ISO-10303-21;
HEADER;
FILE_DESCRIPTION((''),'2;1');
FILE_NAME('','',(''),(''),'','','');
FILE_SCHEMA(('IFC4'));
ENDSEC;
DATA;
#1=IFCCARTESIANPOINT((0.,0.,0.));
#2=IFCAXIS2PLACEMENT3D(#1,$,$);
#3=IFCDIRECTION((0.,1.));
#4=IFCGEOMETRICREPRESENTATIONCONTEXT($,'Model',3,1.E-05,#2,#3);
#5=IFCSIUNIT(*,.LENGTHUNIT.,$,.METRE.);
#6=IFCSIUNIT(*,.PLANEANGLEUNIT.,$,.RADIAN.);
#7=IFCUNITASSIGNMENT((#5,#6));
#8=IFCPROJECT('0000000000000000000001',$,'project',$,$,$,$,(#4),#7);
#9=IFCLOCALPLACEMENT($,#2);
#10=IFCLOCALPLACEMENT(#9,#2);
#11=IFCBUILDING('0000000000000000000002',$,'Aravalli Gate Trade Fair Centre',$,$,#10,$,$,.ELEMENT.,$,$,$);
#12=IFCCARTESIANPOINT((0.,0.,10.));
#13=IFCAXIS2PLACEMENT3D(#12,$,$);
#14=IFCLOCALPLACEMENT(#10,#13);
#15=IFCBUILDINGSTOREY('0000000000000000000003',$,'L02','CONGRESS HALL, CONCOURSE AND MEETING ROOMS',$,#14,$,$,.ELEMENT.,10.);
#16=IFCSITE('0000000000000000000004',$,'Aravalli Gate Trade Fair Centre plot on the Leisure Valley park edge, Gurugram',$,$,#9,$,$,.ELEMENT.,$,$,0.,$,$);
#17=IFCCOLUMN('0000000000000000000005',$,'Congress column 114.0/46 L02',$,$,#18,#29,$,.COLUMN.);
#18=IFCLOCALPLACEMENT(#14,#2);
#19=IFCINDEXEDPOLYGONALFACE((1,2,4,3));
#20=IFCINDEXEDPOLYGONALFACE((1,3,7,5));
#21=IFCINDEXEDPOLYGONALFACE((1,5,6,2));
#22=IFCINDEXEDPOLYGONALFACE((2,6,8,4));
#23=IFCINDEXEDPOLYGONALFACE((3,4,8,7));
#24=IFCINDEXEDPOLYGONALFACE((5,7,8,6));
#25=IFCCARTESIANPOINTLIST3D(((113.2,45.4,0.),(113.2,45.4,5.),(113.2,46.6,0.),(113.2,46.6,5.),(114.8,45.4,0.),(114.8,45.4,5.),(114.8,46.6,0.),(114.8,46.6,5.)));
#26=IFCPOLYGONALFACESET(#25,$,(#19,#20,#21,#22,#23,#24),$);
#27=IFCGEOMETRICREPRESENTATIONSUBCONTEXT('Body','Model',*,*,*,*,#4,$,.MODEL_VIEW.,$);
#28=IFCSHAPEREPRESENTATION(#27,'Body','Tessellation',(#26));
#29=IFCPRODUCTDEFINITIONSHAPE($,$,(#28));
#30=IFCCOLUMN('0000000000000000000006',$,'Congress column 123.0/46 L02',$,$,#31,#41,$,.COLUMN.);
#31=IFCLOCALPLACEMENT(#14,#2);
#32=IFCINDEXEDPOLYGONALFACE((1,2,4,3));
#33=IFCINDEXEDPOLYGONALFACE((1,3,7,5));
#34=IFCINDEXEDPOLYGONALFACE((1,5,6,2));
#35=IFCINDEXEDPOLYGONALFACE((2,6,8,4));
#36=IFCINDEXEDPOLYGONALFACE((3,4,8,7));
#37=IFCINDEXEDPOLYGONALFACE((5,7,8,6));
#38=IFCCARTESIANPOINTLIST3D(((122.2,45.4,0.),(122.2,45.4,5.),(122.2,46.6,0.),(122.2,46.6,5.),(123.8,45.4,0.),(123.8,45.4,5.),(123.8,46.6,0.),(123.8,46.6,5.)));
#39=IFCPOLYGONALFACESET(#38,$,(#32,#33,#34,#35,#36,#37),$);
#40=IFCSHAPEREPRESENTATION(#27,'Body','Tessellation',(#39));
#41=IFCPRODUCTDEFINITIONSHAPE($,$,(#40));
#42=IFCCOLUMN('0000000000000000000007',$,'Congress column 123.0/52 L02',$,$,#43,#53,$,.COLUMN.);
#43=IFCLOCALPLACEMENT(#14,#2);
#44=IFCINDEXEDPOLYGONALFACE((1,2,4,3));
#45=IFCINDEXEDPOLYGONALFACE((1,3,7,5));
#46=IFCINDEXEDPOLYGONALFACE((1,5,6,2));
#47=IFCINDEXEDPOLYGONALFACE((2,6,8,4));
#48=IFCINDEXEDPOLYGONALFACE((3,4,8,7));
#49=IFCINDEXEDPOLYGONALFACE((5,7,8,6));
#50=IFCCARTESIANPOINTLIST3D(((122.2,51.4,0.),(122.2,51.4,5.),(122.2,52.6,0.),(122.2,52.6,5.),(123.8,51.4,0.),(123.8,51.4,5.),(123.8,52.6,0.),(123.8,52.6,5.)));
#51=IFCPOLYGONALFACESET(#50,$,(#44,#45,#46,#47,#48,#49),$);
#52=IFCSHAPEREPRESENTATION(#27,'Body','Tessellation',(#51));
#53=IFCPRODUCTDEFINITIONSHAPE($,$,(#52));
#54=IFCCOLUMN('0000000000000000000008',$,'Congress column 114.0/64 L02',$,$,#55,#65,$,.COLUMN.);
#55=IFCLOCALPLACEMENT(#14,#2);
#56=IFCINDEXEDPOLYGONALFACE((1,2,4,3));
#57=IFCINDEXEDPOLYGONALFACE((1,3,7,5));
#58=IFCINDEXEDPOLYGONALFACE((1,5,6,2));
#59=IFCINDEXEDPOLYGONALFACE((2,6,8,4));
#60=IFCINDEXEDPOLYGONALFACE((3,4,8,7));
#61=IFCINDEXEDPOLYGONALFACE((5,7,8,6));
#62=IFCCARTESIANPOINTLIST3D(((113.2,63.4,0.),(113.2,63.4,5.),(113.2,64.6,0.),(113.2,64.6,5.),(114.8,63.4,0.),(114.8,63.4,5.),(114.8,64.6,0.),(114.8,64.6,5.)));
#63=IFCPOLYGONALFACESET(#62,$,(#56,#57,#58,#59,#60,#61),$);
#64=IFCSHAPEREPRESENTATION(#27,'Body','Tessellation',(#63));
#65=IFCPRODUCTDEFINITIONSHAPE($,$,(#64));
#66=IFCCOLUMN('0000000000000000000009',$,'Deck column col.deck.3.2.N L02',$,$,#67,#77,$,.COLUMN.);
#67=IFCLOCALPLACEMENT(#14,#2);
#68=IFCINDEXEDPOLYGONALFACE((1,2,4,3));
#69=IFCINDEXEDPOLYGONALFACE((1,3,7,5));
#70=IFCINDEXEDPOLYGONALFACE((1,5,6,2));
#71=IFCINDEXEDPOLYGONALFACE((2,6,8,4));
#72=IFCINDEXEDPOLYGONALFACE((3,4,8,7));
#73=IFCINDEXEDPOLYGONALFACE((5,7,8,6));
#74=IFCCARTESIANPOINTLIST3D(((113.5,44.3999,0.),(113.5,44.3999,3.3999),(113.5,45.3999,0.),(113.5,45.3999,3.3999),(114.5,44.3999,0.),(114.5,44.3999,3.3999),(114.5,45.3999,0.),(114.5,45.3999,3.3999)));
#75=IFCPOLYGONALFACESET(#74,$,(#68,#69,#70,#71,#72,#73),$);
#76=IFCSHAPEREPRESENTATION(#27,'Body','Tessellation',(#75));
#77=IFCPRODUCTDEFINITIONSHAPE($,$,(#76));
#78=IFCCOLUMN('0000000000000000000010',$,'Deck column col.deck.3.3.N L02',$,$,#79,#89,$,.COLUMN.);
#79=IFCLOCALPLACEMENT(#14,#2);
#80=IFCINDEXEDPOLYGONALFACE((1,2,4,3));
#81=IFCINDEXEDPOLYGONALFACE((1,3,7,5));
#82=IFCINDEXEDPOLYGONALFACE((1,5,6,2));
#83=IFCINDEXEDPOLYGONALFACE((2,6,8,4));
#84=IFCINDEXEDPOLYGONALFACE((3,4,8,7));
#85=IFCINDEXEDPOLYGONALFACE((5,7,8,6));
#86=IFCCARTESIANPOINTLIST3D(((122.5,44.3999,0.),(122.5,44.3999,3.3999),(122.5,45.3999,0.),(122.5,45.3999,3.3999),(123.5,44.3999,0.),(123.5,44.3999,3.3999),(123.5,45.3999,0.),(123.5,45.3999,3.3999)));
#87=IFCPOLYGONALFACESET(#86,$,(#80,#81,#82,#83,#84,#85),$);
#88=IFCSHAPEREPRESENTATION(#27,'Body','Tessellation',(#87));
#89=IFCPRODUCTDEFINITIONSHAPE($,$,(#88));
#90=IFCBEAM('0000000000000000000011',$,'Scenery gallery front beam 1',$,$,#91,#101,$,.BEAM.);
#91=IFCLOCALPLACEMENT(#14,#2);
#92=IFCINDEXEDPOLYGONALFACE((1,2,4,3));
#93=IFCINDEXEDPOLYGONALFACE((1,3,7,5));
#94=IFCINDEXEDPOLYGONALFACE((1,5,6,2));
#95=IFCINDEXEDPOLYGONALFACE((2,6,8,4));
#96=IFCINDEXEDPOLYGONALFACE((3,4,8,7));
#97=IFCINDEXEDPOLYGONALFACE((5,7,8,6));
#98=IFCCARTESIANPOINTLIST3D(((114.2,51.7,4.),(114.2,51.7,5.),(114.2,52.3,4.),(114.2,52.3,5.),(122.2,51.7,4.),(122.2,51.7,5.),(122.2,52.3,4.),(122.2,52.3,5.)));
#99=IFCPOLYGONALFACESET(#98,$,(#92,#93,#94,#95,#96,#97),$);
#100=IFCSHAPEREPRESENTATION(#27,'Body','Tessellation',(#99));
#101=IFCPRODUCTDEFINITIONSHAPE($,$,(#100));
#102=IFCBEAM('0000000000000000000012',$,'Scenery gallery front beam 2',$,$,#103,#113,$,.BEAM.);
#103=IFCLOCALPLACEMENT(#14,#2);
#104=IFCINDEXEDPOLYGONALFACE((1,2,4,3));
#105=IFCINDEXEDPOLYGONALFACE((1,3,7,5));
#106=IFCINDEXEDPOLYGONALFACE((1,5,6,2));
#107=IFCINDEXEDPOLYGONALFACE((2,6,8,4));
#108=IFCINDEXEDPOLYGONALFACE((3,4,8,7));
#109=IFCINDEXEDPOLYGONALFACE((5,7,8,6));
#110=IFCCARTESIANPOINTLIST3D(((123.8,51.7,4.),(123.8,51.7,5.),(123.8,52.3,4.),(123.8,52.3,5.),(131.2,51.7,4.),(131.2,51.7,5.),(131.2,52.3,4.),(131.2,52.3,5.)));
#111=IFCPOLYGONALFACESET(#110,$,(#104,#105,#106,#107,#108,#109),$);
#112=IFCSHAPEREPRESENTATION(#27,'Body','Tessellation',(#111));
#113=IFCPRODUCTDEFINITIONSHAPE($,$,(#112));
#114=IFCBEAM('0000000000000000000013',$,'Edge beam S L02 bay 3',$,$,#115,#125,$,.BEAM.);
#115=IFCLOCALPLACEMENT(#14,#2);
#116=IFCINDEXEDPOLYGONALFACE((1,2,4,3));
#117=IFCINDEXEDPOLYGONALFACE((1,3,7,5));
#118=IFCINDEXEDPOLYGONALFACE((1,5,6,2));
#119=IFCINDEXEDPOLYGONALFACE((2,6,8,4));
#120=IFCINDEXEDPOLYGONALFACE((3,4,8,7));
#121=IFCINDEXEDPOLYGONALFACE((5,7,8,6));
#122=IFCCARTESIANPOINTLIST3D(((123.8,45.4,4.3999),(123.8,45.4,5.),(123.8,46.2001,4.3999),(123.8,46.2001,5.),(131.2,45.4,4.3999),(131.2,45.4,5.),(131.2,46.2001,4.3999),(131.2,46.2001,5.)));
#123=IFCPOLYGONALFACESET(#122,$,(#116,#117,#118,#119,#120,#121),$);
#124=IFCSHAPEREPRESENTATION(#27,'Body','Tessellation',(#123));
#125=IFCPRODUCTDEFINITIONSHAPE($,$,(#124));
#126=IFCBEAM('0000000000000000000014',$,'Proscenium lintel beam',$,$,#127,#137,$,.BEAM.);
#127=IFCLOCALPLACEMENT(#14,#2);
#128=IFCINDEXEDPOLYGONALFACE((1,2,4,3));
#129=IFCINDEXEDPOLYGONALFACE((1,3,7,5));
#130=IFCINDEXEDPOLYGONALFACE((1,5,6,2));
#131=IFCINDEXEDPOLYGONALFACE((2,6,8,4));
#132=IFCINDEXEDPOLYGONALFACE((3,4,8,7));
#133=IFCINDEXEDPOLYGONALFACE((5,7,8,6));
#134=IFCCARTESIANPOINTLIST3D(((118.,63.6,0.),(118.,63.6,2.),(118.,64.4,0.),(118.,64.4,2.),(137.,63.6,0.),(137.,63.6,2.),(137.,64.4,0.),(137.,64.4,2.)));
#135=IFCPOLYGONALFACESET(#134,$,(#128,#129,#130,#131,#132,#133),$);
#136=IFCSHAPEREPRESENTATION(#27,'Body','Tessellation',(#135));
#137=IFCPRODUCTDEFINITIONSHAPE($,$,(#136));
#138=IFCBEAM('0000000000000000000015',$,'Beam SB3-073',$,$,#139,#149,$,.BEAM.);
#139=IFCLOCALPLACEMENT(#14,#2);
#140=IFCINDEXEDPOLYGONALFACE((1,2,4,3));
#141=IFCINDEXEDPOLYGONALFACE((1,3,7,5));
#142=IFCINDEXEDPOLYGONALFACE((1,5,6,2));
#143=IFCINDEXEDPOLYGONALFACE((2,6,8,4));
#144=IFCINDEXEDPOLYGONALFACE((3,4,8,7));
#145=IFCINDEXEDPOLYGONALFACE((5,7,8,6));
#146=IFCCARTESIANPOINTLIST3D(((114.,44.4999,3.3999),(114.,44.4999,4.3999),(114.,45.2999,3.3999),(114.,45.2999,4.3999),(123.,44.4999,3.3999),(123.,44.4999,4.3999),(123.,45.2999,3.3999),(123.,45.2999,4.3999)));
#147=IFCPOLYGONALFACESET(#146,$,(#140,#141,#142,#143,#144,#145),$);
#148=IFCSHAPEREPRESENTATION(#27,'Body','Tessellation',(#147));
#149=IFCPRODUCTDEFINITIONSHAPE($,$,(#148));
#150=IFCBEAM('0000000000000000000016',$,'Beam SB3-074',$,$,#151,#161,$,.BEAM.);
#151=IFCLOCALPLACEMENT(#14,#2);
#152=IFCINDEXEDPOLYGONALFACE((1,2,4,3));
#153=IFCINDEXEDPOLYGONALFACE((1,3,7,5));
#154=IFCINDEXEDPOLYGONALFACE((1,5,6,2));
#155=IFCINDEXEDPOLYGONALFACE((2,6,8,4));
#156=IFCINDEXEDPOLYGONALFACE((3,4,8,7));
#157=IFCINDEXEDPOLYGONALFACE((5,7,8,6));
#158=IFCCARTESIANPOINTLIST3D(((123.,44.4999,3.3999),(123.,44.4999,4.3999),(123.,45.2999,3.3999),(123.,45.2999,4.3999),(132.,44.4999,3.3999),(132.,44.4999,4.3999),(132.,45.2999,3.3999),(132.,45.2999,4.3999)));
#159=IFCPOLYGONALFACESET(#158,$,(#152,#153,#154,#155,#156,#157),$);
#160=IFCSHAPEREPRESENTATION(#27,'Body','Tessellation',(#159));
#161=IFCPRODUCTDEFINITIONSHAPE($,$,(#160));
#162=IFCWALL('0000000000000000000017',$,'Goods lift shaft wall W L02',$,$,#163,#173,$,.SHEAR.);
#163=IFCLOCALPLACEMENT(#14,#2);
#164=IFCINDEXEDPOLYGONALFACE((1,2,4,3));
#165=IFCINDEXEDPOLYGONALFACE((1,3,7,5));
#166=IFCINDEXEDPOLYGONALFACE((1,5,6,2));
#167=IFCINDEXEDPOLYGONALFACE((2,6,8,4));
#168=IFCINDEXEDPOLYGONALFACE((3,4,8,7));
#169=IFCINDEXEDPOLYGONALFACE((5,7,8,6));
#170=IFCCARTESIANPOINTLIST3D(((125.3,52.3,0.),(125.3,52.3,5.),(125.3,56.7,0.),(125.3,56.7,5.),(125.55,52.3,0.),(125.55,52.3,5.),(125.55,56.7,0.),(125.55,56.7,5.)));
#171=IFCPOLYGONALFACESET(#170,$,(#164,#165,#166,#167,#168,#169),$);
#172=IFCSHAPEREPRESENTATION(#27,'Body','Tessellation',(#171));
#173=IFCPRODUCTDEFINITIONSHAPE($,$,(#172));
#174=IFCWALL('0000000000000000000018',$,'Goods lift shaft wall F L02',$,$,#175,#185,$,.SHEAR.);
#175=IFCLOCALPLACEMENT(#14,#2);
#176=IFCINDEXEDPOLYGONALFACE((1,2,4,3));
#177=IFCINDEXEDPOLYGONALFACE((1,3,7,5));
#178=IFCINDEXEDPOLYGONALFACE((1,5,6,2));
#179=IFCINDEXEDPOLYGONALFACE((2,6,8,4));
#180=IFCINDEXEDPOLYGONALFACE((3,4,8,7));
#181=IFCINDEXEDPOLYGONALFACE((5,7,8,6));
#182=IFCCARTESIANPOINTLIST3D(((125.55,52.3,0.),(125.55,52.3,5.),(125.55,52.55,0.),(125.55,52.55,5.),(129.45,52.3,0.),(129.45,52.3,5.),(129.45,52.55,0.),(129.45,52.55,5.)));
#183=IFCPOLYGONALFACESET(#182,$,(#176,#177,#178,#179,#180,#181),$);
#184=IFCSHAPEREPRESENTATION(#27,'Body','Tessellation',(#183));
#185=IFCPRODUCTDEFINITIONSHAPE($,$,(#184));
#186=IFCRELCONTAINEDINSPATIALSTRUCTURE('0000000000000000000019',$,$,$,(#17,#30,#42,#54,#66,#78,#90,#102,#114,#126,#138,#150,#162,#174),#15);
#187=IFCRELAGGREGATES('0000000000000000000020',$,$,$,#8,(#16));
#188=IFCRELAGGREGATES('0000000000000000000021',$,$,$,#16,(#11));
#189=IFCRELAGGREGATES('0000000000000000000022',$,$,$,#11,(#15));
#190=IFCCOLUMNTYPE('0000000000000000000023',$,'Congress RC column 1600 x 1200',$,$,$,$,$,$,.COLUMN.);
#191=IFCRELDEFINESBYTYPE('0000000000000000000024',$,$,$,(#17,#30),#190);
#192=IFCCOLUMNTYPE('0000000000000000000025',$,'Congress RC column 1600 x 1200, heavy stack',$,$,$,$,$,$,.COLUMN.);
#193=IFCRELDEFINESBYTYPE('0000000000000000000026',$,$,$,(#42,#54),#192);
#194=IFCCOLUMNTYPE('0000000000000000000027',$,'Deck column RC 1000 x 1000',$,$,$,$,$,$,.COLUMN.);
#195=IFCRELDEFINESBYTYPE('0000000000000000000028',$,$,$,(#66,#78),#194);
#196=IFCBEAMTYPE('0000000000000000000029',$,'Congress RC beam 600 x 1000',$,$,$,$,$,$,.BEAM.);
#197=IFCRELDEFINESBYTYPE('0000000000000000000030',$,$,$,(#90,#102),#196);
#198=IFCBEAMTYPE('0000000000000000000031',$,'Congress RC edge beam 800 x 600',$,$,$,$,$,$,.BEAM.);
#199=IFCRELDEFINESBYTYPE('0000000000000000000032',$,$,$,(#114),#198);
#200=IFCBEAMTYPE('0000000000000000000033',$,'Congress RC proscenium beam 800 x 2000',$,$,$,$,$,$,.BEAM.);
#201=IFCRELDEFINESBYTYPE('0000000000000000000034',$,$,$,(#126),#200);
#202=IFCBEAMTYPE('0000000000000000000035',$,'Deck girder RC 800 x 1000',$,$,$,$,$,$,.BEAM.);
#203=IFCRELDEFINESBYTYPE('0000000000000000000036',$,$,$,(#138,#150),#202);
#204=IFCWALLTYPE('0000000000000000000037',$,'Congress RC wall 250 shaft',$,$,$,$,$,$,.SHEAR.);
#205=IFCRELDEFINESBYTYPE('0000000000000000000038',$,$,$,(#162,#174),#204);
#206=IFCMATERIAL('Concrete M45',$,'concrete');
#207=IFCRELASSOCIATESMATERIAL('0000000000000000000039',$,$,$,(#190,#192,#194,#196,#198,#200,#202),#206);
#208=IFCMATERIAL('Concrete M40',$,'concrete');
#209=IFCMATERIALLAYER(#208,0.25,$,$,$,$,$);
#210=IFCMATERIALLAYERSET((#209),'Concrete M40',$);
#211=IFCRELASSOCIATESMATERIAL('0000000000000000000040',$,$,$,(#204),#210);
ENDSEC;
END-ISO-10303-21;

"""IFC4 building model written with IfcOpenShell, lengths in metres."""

from ifc_helpers import new_model, si_unit, direction, frame, frame_2d, origin, origin_2d, place, context, subcontext, project, spatial, rectangle, extrude, material, layer, layer_set, material_profile, profile_set, type_object, element, save


model = new_model("IFC4")

# Units and contexts
model_context = context("Model", 3, precision=1e-05, world=origin(), true_north=direction((0.0, 1.0)))
body_context = subcontext(model_context, "Body", "Model", "MODEL_VIEW")
ifc_project = project(units=[si_unit("LENGTHUNIT", "METRE"), si_unit("PLANEANGLEUNIT", "RADIAN")], contexts=[model_context])

# Site, building, storey
site_placement = place(None, origin())
site = spatial("IfcSite", under=ifc_project, at=site_placement, Name="Aravalli Gate Trade Fair Centre plot on the Leisure Valley park edge, Gurugram", CompositionType="ELEMENT", RefElevation=0.0)
building_placement = place(site_placement, origin())
building = spatial("IfcBuilding", under=site, at=building_placement, Name="Aravalli Gate Trade Fair Centre", CompositionType="ELEMENT")
storey_placement = place(building_placement, frame((0.0, 0.0, 10.0)))
storey = spatial("IfcBuildingStorey", under=building, at=storey_placement, Name="L02", Description="CONGRESS HALL, CONCOURSE AND MEETING ROOMS", CompositionType="ELEMENT", Elevation=10.0)

# Columns
ifc_material_1 = material(Name="Concrete M45", Category="concrete")
ifc_material_profile_1 = material_profile(ifc_material_1, rectangle(XDim=1.6001, YDim=1.2, at=origin_2d()), Name="RC 1600x1200")
ifc_profile_set_1 = profile_set([ifc_material_profile_1], Name="Concrete M45")
column_type_1 = type_object("IfcColumnType", Name="Congress RC column 1600 x 1200", PredefinedType="COLUMN", material=ifc_profile_set_1)
for number, where, z_axis, x_axis, name in (
    (1, (114.0, 46.0, 0.0), (0.0, 0.0, 1.0), (1.0, 0.0, 0.0), "Congress column 114.0/46 L02"),
    (2, (123.0, 46.0, 0.0), (0.0, 0.0, 1.0), (1.0, 0.0, 0.0), "Congress column 123.0/46 L02"),
):
    element("IfcColumn", number, at=place(storey_placement, frame(where, z_axis=z_axis, x_axis=x_axis)), inside=storey, type_object=column_type_1, Name=name, PredefinedType="COLUMN", context=body_context, shape_type="SweptSolid", body=[
        extrude(rectangle(XDim=1.6001, YDim=1.2, at=origin_2d()), origin(), (0.0, 0.0, 1.0), 5.0),
    ])
ifc_material_profile_2 = material_profile(ifc_material_1, rectangle(XDim=1.6001, YDim=1.2, at=origin_2d()), Name="RC 1600x1200")
ifc_profile_set_2 = profile_set([ifc_material_profile_2], Name="Concrete M45")
column_type_2 = type_object("IfcColumnType", Name="Congress RC column 1600 x 1200, heavy stack", PredefinedType="COLUMN", material=ifc_profile_set_2)
for number, where, z_axis, x_axis, name in (
    (3, (123.0, 52.0, 0.0), (0.0, 0.0, 1.0), (1.0, 0.0, 0.0), "Congress column 123.0/52 L02"),
    (4, (114.0, 64.0, 0.0), (0.0, 0.0, 1.0), (1.0, 0.0, 0.0), "Congress column 114.0/64 L02"),
):
    element("IfcColumn", number, at=place(storey_placement, frame(where, z_axis=z_axis, x_axis=x_axis)), inside=storey, type_object=column_type_2, Name=name, PredefinedType="COLUMN", context=body_context, shape_type="SweptSolid", body=[
        extrude(rectangle(XDim=1.6001, YDim=1.2, at=origin_2d()), origin(), (0.0, 0.0, 1.0), 5.0),
    ])
ifc_material_profile_3 = material_profile(ifc_material_1, rectangle(XDim=1.0, YDim=1.0, at=origin_2d()), Name="Deck column RC 1000 x 1000")
ifc_profile_set_3 = profile_set([ifc_material_profile_3], Name="Concrete M45")
column_type_3 = type_object("IfcColumnType", Name="Deck column RC 1000 x 1000", PredefinedType="COLUMN", material=ifc_profile_set_3)
for number, where, z_axis, x_axis, name in (
    (5, (114.0, 44.8999, 0.0), (0.0, 0.0, 1.0), (1.0, 0.0, 0.0), "Deck column col.deck.3.2.N L02"),
    (6, (123.0, 44.8999, 0.0), (0.0, 0.0, 1.0), (1.0, 0.0, 0.0), "Deck column col.deck.3.3.N L02"),
):
    element("IfcColumn", number, at=place(storey_placement, frame(where, z_axis=z_axis, x_axis=x_axis)), inside=storey, type_object=column_type_3, Name=name, PredefinedType="COLUMN", context=body_context, shape_type="SweptSolid", body=[
        extrude(rectangle(XDim=1.0, YDim=1.0, at=origin_2d()), origin(), (0.0, 0.0, 1.0), 3.3999),
    ])

# Beams
ifc_material_profile_4 = material_profile(ifc_material_1, rectangle(XDim=0.6001, YDim=1.0, at=origin_2d()), Name="RC 600x1000")
ifc_profile_set_4 = profile_set([ifc_material_profile_4], Name="Concrete M45")
beam_type_1 = type_object("IfcBeamType", Name="Congress RC beam 600 x 1000", PredefinedType="BEAM", material=ifc_profile_set_4)
beam_1_placement = place(storey_placement, frame((114.2, 52.0, 4.5), z_axis=(1.0, 0.0, 0.0), x_axis=(0.0, 1.0, 0.0)))
element("IfcBeam", 7, at=beam_1_placement, inside=storey, type_object=beam_type_1, Name="Scenery gallery front beam 1", PredefinedType="BEAM", context=body_context, shape_type="SweptSolid", body=[
    extrude(rectangle(XDim=0.6001, YDim=1.0, at=origin_2d()), origin(), (0.0, 0.0, 1.0), 8.0),
])
beam_2_placement = place(storey_placement, frame((123.8, 52.0, 4.5), z_axis=(1.0, 0.0, 0.0), x_axis=(0.0, 1.0, 0.0)))
element("IfcBeam", 8, at=beam_2_placement, inside=storey, type_object=beam_type_1, Name="Scenery gallery front beam 2", PredefinedType="BEAM", context=body_context, shape_type="SweptSolid", body=[
    extrude(rectangle(XDim=0.6001, YDim=1.0, at=origin_2d()), origin(), (0.0, 0.0, 1.0), 7.3999),
])
ifc_material_profile_5 = material_profile(ifc_material_1, rectangle(XDim=0.8, YDim=0.6001, at=origin_2d()), Name="RC 800x600")
ifc_profile_set_5 = profile_set([ifc_material_profile_5], Name="Concrete M45")
beam_type_2 = type_object("IfcBeamType", Name="Congress RC edge beam 800 x 600", PredefinedType="BEAM", material=ifc_profile_set_5)
beam_3_placement = place(storey_placement, frame((123.8, 45.8, 4.7), z_axis=(1.0, 0.0, 0.0), x_axis=(0.0, 1.0, 0.0)))
element("IfcBeam", 9, at=beam_3_placement, inside=storey, type_object=beam_type_2, Name="Edge beam S L02 bay 3", PredefinedType="BEAM", context=body_context, shape_type="SweptSolid", body=[
    extrude(rectangle(XDim=0.8, YDim=0.6001, at=origin_2d()), origin(), (0.0, 0.0, 1.0), 7.3999),
])
ifc_material_profile_6 = material_profile(ifc_material_1, rectangle(XDim=0.8, YDim=2.0, at=origin_2d()), Name="RC 800x2000")
ifc_profile_set_6 = profile_set([ifc_material_profile_6], Name="Concrete M45")
beam_type_3 = type_object("IfcBeamType", Name="Congress RC proscenium beam 800 x 2000", PredefinedType="BEAM", material=ifc_profile_set_6)
beam_4_placement = place(storey_placement, frame((118.0, 64.0, 1.0), z_axis=(1.0, 0.0, 0.0), x_axis=(0.0, 1.0, 0.0)))
element("IfcBeam", 10, at=beam_4_placement, inside=storey, type_object=beam_type_3, Name="Proscenium lintel beam", PredefinedType="BEAM", context=body_context, shape_type="SweptSolid", body=[
    extrude(rectangle(XDim=0.8, YDim=2.0, at=origin_2d()), origin(), (0.0, 0.0, 1.0), 19.0),
])
ifc_material_profile_7 = material_profile(ifc_material_1, rectangle(XDim=0.8, YDim=1.0, at=origin_2d()), Name="Deck girder RC 800 x 1000")
ifc_profile_set_7 = profile_set([ifc_material_profile_7], Name="Concrete M45")
beam_type_4 = type_object("IfcBeamType", Name="Deck girder RC 800 x 1000", PredefinedType="BEAM", material=ifc_profile_set_7)
for number, where, z_axis, x_axis, name in (
    (11, (114.0, 44.8999, 3.8999), (1.0, 0.0, 0.0), (0.0, 1.0, 0.0), "Beam SB3-073"),
    (12, (123.0, 44.8999, 3.8999), (1.0, 0.0, 0.0), (0.0, 1.0, 0.0), "Beam SB3-074"),
):
    element("IfcBeam", number, at=place(storey_placement, frame(where, z_axis=z_axis, x_axis=x_axis)), inside=storey, type_object=beam_type_4, Name=name, PredefinedType="BEAM", context=body_context, shape_type="SweptSolid", body=[
        extrude(rectangle(XDim=0.8, YDim=1.0, at=origin_2d()), origin(), (0.0, 0.0, 1.0), 9.0),
    ])

# Walls
ifc_material_2 = material(Name="Concrete M40", Category="concrete")
ifc_layer_1 = layer(ifc_material_2, 0.25)
ifc_layer_set_1 = layer_set([ifc_layer_1], Name="Concrete M40")
wall_type_1 = type_object("IfcWallType", Name="Congress RC wall 250 shaft", PredefinedType="SHEAR", material=ifc_layer_set_1)
wall_1_placement = place(storey_placement, frame((125.425, 52.3, 0.0), z_axis=(0.0, 0.0, 1.0), x_axis=(0.0, 1.0, 0.0)))
element("IfcWall", 13, at=wall_1_placement, inside=storey, type_object=wall_type_1, Name="Goods lift shaft wall W L02", PredefinedType="SHEAR", context=body_context, shape_type="SweptSolid", body=[
    extrude(rectangle(XDim=4.3999, YDim=0.25, at=frame_2d((2.2, 0.0))), origin(), (0.0, 0.0, 1.0), 5.0),
])
wall_2_placement = place(storey_placement, frame((125.55, 52.425, 0.0), z_axis=(0.0, 0.0, 1.0), x_axis=(1.0, 0.0, 0.0)))
element("IfcWall", 14, at=wall_2_placement, inside=storey, type_object=wall_type_1, Name="Goods lift shaft wall F L02", PredefinedType="SHEAR", context=body_context, shape_type="SweptSolid", body=[
    extrude(rectangle(XDim=3.8999, YDim=0.25, at=frame_2d((1.95, 0.0))), origin(), (0.0, 0.0, 1.0), 5.0),
])

save(model, "model.ifc")
